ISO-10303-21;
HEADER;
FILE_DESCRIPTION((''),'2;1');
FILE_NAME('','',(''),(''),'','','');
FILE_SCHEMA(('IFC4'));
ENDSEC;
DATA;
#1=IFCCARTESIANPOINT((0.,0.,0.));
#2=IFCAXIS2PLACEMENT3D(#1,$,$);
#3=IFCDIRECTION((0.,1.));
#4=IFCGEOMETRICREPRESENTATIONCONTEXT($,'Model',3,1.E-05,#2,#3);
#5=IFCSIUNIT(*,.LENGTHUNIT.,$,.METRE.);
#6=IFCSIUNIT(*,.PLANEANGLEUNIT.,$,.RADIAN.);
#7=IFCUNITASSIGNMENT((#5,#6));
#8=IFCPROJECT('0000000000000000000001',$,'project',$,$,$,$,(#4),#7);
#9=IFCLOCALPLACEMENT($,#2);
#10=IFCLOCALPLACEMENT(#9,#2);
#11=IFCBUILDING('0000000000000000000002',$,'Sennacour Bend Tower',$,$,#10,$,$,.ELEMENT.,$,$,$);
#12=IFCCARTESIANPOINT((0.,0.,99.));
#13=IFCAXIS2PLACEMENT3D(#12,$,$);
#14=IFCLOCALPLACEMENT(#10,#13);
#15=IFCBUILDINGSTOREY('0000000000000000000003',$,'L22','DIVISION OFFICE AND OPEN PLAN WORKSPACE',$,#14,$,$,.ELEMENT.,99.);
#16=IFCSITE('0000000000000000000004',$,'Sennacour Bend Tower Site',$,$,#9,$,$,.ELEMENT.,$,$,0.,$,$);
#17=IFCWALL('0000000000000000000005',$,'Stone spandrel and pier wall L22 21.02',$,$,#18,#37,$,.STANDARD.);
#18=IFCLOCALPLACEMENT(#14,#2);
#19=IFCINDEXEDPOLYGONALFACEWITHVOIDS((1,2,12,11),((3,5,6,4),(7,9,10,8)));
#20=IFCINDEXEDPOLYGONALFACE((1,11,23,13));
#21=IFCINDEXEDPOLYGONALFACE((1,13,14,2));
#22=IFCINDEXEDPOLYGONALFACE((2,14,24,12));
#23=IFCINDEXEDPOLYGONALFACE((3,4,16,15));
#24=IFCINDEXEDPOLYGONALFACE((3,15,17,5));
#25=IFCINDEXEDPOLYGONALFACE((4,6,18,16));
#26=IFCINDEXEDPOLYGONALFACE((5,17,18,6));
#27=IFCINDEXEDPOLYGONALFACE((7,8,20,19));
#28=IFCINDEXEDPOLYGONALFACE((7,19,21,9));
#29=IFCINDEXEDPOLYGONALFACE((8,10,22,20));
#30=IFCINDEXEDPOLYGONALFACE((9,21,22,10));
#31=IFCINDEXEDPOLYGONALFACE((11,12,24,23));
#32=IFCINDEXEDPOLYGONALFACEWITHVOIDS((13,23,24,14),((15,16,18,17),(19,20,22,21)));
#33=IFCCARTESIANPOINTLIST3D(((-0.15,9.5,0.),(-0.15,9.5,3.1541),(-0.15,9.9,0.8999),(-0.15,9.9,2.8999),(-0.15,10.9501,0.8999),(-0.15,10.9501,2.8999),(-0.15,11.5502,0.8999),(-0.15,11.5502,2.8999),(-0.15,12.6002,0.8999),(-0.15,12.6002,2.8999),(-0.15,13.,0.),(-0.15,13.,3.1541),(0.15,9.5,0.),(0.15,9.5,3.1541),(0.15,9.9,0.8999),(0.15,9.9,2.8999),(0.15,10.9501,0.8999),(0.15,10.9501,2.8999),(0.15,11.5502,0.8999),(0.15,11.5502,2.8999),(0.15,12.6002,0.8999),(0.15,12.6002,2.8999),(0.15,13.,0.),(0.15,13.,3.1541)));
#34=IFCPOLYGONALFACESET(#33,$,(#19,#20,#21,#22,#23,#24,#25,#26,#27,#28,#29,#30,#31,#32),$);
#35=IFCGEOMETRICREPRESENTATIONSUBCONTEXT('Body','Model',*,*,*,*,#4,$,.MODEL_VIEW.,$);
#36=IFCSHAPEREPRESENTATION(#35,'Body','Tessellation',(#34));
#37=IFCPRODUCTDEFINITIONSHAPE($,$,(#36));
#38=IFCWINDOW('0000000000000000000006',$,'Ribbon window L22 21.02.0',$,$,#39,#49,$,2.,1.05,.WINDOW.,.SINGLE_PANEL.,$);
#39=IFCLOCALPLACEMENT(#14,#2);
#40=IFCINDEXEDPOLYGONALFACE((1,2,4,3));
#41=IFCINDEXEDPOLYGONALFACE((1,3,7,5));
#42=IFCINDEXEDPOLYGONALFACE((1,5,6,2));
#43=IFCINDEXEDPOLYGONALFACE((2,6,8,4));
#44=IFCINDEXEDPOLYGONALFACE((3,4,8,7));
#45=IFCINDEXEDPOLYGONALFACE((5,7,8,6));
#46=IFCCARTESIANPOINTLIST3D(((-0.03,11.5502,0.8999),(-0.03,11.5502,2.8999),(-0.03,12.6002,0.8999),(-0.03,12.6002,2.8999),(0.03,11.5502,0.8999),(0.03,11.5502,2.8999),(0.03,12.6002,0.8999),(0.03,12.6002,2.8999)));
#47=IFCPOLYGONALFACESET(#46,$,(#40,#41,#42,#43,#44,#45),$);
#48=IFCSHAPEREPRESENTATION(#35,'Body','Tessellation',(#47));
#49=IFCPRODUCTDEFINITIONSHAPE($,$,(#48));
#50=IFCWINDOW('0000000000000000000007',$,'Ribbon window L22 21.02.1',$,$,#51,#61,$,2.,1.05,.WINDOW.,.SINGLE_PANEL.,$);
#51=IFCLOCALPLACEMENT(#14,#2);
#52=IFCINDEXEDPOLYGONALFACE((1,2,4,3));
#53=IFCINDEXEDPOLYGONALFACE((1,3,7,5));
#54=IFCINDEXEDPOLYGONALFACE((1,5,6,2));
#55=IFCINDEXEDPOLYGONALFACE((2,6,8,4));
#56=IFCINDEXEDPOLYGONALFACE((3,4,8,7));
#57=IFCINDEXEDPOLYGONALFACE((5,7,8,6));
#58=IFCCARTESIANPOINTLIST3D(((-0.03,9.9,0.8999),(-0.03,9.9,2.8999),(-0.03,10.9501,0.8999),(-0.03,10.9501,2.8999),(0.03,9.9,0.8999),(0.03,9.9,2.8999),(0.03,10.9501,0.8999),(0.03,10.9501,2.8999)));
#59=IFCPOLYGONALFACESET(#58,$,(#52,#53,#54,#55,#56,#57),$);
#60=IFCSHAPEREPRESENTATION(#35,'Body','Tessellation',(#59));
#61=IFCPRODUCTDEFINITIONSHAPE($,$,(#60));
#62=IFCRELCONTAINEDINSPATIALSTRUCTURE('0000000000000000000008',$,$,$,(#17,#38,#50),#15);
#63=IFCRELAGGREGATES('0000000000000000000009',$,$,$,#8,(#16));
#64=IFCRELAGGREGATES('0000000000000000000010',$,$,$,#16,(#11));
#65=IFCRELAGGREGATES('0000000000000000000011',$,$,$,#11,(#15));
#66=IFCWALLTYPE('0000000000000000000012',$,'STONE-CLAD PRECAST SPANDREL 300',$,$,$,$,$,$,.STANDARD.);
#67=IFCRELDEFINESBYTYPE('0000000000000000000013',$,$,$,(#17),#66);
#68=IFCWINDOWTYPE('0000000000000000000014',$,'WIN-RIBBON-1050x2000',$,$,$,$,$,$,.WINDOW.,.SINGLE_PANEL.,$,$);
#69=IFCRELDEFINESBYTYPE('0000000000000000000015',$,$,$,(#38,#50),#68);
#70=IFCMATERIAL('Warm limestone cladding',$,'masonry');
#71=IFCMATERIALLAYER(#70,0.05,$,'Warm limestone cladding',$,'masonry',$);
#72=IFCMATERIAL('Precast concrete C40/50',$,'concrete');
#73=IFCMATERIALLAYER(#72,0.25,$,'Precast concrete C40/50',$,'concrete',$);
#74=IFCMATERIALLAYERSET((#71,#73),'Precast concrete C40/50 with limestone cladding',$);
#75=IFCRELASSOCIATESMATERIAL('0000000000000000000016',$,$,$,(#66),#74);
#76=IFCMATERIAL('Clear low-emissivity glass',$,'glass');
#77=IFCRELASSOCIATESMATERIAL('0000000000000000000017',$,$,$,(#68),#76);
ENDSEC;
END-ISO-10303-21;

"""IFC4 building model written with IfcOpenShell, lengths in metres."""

from ifc_helpers import new_model, si_unit, direction, frame, frame_2d, origin, place, context, subcontext, project, spatial, rectangle, extrude, material, layer, layer_set, type_object, element, fill, save


model = new_model("IFC4")

# Units and contexts
model_context = context("Model", 3, precision=1e-05, world=origin(), true_north=direction((0.0, 1.0)))
body_context = subcontext(model_context, "Body", "Model", "MODEL_VIEW")
ifc_project = project(units=[si_unit("LENGTHUNIT", "METRE"), si_unit("PLANEANGLEUNIT", "RADIAN")], contexts=[model_context])

# Site, building, storey
site_placement = place(None, origin())
site = spatial("IfcSite", under=ifc_project, at=site_placement, Name="Sennacour Bend Tower Site", CompositionType="ELEMENT", RefElevation=0.0)
building_placement = place(site_placement, origin())
building = spatial("IfcBuilding", under=site, at=building_placement, Name="Sennacour Bend Tower", CompositionType="ELEMENT")
storey_placement = place(building_placement, frame((0.0, 0.0, 99.0)))
storey = spatial("IfcBuildingStorey", under=building, at=storey_placement, Name="L22", Description="DIVISION OFFICE AND OPEN PLAN WORKSPACE", CompositionType="ELEMENT", Elevation=99.0)

# Wall, openings, windows
ifc_material_1 = material(Name="Warm limestone cladding", Category="masonry")
ifc_layer_1 = layer(ifc_material_1, 0.05, Name="Warm limestone cladding", Category="masonry")
ifc_material_2 = material(Name="Precast concrete C40/50", Category="concrete")
ifc_layer_2 = layer(ifc_material_2, 0.25, Name="Precast concrete C40/50", Category="concrete")
ifc_layer_set_1 = layer_set([ifc_layer_1, ifc_layer_2], Name="Precast concrete C40/50 with limestone cladding")
wall_type_1 = type_object("IfcWallType", Name="STONE-CLAD PRECAST SPANDREL 300", PredefinedType="STANDARD", material=ifc_layer_set_1)
ifc_material_3 = material(Name="Clear low-emissivity glass", Category="glass")
window_type = type_object("IfcWindowType", Name="WIN-RIBBON-1050x2000", PartitioningType="SINGLE_PANEL", PredefinedType="WINDOW", material=ifc_material_3)
wall_1_placement = place(storey_placement, frame((0.0, 13.0, 0.0), z_axis=(0.0, 0.0, 1.0), x_axis=(0.0, -1.0, 0.0)))
wall_1 = element("IfcWall", 1, at=wall_1_placement, inside=storey, type_object=wall_type_1, Name="Stone spandrel and pier wall L22 21.02", PredefinedType="STANDARD", context=body_context, shape_type="SweptSolid", body=[
    extrude(rectangle(XDim=3.5, YDim=0.3, at=frame_2d((1.75, 0.0))), origin(), (0.0, 0.0, 1.0), 3.1541),
])
opening_1_placement = place(wall_1_placement, frame((0.3999, 0.0, 0.8999)))
opening_1 = element("IfcOpeningElement", 2, at=opening_1_placement, cuts=wall_1, PredefinedType="OPENING", context=body_context, shape_type="SweptSolid", body=[
    extrude(rectangle(XDim=1.05, YDim=2.0, at=frame_2d((0.5249, 1.0))), frame((0.0, 0.1602, 0.0), z_axis=(0.0, -1.0, 0.0), x_axis=(1.0, 0.0, 0.0)), (0.0, 0.0, 1.0), 0.3201),
])
opening_2_placement = place(wall_1_placement, frame((2.05, 0.0, 0.8999)))
opening_2 = element("IfcOpeningElement", 3, at=opening_2_placement, cuts=wall_1, PredefinedType="OPENING", context=body_context, shape_type="SweptSolid", body=[
    extrude(rectangle(XDim=1.05, YDim=2.0, at=frame_2d((0.5249, 1.0))), frame((0.0, 0.1602, 0.0), z_axis=(0.0, -1.0, 0.0), x_axis=(1.0, 0.0, 0.0)), (0.0, 0.0, 1.0), 0.3201),
])
window_1_placement = place(opening_1_placement, origin())
window_1 = element("IfcWindow", 4, at=window_1_placement, inside=storey, type_object=window_type, Name="Ribbon window L22 21.02.0", OverallHeight=2.0, OverallWidth=1.05, PartitioningType="SINGLE_PANEL", PredefinedType="WINDOW", context=body_context, shape_type="SweptSolid", body=[
    extrude(rectangle(XDim=1.05, YDim=2.0, at=frame_2d((0.5249, 1.0))), frame((0.0, 0.03, 0.0), z_axis=(0.0, -1.0, 0.0), x_axis=(1.0, 0.0, 0.0)), (0.0, 0.0, 1.0), 0.0601),
])
fill(opening_1, window_1)
window_2_placement = place(opening_2_placement, origin())
window_2 = element("IfcWindow", 5, at=window_2_placement, inside=storey, type_object=window_type, Name="Ribbon window L22 21.02.1", OverallHeight=2.0, OverallWidth=1.05, PartitioningType="SINGLE_PANEL", PredefinedType="WINDOW", context=body_context, shape_type="SweptSolid", body=[
    extrude(rectangle(XDim=1.05, YDim=2.0, at=frame_2d((0.5249, 1.0))), frame((0.0, 0.03, 0.0), z_axis=(0.0, -1.0, 0.0), x_axis=(1.0, 0.0, 0.0)), (0.0, 0.0, 1.0), 0.0601),
])
fill(opening_2, window_2)

save(model, "model.ifc")
